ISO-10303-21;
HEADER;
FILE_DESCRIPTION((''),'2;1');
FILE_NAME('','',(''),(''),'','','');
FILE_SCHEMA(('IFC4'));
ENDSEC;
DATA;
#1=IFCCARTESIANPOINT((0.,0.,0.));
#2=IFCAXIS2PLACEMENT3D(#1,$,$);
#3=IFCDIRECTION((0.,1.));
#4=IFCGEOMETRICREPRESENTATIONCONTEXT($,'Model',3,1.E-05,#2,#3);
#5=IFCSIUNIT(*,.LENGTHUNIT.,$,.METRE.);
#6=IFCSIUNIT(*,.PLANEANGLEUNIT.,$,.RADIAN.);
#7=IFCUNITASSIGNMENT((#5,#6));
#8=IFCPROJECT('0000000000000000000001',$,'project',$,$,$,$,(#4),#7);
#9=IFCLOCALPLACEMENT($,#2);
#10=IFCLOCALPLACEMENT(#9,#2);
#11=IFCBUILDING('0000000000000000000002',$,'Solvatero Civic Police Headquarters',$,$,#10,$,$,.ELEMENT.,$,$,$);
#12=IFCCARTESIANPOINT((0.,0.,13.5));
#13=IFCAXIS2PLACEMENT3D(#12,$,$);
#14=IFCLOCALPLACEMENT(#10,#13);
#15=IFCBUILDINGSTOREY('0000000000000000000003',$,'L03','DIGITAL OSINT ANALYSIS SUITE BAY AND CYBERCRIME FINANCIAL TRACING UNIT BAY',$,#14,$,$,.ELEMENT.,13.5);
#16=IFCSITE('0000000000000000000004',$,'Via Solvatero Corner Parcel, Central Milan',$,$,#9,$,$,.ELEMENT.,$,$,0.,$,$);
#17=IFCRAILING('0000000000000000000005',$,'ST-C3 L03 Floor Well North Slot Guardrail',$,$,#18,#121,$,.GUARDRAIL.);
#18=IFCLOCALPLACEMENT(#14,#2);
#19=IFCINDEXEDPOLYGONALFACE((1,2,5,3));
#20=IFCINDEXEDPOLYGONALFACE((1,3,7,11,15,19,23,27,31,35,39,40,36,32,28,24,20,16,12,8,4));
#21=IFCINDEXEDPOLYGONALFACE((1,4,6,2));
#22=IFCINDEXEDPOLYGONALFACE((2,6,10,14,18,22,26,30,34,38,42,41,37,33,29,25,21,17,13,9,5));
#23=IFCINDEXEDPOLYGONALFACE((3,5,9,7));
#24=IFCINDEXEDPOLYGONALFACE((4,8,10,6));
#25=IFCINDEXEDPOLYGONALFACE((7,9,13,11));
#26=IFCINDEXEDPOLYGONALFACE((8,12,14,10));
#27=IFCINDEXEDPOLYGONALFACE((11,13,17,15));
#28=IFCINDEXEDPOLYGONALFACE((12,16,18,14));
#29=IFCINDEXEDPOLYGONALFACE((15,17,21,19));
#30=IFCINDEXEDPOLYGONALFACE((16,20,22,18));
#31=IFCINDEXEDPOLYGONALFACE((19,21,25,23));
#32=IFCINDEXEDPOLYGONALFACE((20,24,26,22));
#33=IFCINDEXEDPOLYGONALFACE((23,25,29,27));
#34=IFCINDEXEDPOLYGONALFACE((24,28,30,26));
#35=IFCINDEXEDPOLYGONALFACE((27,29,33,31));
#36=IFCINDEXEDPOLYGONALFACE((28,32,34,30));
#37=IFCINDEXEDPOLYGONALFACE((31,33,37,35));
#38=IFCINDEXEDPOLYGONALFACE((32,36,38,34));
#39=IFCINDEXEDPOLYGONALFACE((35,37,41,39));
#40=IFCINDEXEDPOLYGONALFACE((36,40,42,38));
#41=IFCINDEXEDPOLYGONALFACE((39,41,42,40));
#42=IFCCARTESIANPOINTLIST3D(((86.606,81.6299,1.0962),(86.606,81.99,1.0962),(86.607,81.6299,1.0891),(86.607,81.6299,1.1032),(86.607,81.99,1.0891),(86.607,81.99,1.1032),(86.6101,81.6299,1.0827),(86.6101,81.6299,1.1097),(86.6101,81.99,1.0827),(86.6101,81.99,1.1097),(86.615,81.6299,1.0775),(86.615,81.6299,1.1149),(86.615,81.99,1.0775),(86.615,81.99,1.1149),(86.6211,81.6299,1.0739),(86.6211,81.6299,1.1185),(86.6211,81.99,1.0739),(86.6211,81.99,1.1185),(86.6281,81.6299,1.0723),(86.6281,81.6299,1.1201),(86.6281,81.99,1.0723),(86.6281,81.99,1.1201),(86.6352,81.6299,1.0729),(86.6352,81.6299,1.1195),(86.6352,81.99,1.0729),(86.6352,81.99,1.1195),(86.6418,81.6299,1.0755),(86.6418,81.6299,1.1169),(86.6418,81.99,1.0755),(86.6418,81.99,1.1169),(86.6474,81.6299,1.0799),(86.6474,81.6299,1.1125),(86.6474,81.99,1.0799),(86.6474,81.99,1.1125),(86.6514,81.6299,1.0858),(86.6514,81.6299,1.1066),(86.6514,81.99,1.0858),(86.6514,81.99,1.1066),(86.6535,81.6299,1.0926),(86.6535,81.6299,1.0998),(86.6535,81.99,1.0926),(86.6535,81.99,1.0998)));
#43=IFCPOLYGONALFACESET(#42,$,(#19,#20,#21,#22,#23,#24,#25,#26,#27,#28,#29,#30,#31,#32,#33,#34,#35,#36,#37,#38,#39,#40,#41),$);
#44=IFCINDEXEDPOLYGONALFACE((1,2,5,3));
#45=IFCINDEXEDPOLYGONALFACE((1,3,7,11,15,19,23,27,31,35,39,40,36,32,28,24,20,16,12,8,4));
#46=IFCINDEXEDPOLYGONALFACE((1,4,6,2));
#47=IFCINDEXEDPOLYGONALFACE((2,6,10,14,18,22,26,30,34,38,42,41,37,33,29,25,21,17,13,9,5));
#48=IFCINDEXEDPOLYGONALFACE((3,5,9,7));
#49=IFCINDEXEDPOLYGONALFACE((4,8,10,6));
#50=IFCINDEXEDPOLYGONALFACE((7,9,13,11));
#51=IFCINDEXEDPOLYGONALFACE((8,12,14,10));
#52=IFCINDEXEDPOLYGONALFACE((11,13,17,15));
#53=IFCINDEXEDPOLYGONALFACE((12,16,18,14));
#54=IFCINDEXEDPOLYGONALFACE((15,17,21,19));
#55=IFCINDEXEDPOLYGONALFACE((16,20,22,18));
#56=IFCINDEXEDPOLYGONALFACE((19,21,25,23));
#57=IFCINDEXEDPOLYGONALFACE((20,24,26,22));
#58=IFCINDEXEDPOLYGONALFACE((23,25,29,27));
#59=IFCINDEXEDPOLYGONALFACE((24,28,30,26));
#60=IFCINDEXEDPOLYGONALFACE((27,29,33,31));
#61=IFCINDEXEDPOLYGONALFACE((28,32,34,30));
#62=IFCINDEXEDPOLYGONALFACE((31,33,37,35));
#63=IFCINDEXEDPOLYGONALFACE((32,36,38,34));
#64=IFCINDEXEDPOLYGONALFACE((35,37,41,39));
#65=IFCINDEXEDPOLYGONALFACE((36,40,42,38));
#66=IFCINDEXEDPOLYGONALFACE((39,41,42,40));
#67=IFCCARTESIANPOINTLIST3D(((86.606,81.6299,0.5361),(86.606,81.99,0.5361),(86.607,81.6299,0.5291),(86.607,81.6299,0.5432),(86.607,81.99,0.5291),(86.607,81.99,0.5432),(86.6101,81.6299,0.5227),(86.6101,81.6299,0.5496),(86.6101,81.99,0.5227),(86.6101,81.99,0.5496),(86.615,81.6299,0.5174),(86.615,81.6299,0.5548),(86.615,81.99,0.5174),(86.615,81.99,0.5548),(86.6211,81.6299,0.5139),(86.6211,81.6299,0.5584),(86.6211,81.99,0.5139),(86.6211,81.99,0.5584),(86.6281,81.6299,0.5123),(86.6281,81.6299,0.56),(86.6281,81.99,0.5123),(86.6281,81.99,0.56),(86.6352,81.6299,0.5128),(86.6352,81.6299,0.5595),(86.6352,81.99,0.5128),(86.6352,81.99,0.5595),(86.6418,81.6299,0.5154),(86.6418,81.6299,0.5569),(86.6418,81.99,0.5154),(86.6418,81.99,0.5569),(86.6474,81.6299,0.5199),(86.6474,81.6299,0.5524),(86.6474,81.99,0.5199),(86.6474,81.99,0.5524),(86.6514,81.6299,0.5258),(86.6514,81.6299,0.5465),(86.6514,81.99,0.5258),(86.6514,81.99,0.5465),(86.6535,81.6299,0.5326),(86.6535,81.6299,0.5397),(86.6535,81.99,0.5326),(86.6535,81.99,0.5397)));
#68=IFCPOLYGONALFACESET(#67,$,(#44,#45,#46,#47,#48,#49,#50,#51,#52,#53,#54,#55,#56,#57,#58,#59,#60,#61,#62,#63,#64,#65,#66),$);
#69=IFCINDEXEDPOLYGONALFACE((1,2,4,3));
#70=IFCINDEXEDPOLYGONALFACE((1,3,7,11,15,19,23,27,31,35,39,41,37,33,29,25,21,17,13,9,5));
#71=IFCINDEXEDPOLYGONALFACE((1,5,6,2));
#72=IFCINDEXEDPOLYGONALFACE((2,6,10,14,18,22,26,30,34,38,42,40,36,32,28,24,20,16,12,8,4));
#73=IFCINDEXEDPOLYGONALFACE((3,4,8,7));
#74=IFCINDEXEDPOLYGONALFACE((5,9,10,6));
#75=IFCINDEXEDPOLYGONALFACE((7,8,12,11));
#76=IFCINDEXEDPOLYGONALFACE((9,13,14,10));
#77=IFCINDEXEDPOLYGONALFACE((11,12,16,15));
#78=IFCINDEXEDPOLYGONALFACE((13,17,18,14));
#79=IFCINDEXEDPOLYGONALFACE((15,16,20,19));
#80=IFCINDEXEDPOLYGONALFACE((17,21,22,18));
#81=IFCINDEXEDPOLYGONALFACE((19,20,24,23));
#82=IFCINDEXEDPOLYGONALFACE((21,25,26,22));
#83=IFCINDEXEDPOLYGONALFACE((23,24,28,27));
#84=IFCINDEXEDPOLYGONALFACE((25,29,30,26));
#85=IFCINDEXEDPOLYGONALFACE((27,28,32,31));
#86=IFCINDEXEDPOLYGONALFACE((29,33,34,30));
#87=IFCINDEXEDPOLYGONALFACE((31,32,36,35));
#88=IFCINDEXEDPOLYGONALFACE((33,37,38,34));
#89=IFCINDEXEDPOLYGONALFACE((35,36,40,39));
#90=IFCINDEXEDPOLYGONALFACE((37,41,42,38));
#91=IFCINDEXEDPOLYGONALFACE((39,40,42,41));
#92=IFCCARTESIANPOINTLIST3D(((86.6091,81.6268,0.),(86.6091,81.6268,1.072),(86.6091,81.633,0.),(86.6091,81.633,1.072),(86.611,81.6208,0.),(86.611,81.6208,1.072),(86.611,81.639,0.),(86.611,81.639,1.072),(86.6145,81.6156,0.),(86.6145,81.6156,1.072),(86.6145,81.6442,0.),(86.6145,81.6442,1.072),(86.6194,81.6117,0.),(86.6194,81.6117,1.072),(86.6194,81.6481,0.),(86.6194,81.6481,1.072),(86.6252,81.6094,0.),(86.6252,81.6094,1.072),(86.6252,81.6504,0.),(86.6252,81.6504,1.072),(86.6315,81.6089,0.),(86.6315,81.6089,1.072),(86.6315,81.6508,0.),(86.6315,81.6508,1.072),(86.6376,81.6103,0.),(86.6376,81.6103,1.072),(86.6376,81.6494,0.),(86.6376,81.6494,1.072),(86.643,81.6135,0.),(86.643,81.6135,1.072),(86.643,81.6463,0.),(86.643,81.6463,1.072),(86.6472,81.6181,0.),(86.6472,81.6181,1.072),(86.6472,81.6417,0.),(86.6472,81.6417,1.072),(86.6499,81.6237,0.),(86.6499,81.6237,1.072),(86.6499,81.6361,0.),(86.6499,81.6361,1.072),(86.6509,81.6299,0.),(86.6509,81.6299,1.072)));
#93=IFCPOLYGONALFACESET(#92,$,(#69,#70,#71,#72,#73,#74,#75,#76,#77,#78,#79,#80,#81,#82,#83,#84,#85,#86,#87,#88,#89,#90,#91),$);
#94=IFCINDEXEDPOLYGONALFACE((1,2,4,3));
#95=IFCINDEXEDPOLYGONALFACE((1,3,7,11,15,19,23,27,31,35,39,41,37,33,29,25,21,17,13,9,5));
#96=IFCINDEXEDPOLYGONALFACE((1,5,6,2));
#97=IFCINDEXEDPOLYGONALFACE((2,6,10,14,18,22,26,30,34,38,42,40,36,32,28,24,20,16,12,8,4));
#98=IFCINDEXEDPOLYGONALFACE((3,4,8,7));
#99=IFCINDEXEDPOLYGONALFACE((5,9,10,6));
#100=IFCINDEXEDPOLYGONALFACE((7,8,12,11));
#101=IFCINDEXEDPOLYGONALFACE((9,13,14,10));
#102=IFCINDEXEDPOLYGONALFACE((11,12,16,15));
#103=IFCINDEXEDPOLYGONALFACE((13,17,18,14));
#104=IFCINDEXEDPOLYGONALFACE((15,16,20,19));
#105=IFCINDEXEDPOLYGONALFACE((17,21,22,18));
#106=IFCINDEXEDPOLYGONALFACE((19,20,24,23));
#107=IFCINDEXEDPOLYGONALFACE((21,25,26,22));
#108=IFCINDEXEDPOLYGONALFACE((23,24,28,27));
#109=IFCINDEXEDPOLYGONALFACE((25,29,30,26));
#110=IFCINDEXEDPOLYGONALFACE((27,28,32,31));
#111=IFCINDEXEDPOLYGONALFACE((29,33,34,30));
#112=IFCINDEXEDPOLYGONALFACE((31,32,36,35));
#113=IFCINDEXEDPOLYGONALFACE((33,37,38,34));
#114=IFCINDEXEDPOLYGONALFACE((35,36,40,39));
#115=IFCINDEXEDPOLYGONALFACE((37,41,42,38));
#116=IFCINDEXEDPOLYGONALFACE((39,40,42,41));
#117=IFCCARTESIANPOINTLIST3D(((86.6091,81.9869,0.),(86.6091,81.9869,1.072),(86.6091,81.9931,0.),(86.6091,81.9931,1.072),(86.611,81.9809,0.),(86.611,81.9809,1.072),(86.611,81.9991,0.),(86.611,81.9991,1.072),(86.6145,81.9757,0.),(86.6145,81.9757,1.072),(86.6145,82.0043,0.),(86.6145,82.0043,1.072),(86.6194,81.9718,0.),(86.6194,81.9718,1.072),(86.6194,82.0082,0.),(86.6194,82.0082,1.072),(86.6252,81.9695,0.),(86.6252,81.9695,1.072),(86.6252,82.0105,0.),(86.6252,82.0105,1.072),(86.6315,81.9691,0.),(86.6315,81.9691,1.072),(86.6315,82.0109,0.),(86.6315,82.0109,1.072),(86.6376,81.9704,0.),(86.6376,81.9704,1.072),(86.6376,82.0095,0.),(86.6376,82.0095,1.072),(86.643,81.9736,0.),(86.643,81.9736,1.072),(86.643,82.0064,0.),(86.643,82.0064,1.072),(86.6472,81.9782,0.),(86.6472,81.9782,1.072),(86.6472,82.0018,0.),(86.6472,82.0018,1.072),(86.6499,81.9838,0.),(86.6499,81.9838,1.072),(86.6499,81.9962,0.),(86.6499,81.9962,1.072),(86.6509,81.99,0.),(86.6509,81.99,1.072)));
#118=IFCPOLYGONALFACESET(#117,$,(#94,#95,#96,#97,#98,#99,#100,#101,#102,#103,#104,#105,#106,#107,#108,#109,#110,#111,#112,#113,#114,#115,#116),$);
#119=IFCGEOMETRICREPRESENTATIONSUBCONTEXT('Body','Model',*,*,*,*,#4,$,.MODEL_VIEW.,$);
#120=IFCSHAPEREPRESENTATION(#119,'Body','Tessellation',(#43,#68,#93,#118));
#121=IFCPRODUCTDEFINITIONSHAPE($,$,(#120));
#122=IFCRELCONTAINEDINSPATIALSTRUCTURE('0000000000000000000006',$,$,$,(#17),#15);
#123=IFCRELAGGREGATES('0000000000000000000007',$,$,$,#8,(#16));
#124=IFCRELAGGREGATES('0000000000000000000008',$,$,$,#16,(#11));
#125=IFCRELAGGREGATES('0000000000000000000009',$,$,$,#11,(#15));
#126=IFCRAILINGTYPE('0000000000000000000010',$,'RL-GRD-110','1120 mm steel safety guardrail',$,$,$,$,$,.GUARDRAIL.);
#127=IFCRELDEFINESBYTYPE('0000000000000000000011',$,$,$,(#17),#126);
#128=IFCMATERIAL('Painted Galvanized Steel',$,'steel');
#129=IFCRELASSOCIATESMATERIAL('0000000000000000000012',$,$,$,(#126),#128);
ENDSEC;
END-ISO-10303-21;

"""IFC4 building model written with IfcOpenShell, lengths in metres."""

from ifc_helpers import new_model, si_unit, direction, frame, origin, origin_2d, place, context, subcontext, project, spatial, circle, extrude, material, type_object, element, save


model = new_model("IFC4")

# Units and contexts
model_context = context("Model", 3, precision=1e-05, world=origin(), true_north=direction((0.0, 1.0)))
body_context = subcontext(model_context, "Body", "Model", "MODEL_VIEW")
ifc_project = project(units=[si_unit("LENGTHUNIT", "METRE"), si_unit("PLANEANGLEUNIT", "RADIAN")], contexts=[model_context])

# Site, building, storey
site_placement = place(None, origin())
site = spatial("IfcSite", under=ifc_project, at=site_placement, Name="Via Solvatero Corner Parcel, Central Milan", CompositionType="ELEMENT", RefElevation=0.0)
building_placement = place(site_placement, origin())
building = spatial("IfcBuilding", under=site, at=building_placement, Name="Solvatero Civic Police Headquarters", CompositionType="ELEMENT")
storey_placement = place(building_placement, frame((0.0, 0.0, 13.5)))
storey = spatial("IfcBuildingStorey", under=building, at=storey_placement, Name="L03", Description="DIGITAL OSINT ANALYSIS SUITE BAY AND CYBERCRIME FINANCIAL TRACING UNIT BAY", CompositionType="ELEMENT", Elevation=13.5)

# Railing
ifc_material_1 = material(Name="Painted Galvanized Steel", Category="steel")
railing_type_1 = type_object("IfcRailingType", Name="RL-GRD-110", Description="1120 mm steel safety guardrail", PredefinedType="GUARDRAIL", material=ifc_material_1)
railing_1_placement = place(storey_placement, frame((86.6299, 81.6299, 0.0)))
element("IfcRailing", 1, at=railing_1_placement, inside=storey, type_object=railing_type_1, Name="ST-C3 L03 Floor Well North Slot Guardrail", PredefinedType="GUARDRAIL", context=body_context, shape_type="SweptSolid", body=[
    extrude(circle(Radius=0.0239, at=origin_2d()), frame((0.0, 0.0, 1.0962), z_axis=(0.0, 1.0, 0.0), x_axis=(-1.0, 0.0, 0.0)), (0.0, 0.0, 1.0), 0.3601),
    extrude(circle(Radius=0.0239, at=origin_2d()), frame((0.0, 0.0, 0.5361), z_axis=(0.0, 1.0, 0.0), x_axis=(-1.0, 0.0, 0.0)), (0.0, 0.0, 1.0), 0.3601),
    extrude(circle(Radius=0.021, at=origin_2d()), origin(), (0.0, 0.0, 1.0), 1.072),
    extrude(circle(Radius=0.021, at=origin_2d()), frame((0.0, 0.3601, 0.0)), (0.0, 0.0, 1.0), 1.072),
])

save(model, "model.ifc")
